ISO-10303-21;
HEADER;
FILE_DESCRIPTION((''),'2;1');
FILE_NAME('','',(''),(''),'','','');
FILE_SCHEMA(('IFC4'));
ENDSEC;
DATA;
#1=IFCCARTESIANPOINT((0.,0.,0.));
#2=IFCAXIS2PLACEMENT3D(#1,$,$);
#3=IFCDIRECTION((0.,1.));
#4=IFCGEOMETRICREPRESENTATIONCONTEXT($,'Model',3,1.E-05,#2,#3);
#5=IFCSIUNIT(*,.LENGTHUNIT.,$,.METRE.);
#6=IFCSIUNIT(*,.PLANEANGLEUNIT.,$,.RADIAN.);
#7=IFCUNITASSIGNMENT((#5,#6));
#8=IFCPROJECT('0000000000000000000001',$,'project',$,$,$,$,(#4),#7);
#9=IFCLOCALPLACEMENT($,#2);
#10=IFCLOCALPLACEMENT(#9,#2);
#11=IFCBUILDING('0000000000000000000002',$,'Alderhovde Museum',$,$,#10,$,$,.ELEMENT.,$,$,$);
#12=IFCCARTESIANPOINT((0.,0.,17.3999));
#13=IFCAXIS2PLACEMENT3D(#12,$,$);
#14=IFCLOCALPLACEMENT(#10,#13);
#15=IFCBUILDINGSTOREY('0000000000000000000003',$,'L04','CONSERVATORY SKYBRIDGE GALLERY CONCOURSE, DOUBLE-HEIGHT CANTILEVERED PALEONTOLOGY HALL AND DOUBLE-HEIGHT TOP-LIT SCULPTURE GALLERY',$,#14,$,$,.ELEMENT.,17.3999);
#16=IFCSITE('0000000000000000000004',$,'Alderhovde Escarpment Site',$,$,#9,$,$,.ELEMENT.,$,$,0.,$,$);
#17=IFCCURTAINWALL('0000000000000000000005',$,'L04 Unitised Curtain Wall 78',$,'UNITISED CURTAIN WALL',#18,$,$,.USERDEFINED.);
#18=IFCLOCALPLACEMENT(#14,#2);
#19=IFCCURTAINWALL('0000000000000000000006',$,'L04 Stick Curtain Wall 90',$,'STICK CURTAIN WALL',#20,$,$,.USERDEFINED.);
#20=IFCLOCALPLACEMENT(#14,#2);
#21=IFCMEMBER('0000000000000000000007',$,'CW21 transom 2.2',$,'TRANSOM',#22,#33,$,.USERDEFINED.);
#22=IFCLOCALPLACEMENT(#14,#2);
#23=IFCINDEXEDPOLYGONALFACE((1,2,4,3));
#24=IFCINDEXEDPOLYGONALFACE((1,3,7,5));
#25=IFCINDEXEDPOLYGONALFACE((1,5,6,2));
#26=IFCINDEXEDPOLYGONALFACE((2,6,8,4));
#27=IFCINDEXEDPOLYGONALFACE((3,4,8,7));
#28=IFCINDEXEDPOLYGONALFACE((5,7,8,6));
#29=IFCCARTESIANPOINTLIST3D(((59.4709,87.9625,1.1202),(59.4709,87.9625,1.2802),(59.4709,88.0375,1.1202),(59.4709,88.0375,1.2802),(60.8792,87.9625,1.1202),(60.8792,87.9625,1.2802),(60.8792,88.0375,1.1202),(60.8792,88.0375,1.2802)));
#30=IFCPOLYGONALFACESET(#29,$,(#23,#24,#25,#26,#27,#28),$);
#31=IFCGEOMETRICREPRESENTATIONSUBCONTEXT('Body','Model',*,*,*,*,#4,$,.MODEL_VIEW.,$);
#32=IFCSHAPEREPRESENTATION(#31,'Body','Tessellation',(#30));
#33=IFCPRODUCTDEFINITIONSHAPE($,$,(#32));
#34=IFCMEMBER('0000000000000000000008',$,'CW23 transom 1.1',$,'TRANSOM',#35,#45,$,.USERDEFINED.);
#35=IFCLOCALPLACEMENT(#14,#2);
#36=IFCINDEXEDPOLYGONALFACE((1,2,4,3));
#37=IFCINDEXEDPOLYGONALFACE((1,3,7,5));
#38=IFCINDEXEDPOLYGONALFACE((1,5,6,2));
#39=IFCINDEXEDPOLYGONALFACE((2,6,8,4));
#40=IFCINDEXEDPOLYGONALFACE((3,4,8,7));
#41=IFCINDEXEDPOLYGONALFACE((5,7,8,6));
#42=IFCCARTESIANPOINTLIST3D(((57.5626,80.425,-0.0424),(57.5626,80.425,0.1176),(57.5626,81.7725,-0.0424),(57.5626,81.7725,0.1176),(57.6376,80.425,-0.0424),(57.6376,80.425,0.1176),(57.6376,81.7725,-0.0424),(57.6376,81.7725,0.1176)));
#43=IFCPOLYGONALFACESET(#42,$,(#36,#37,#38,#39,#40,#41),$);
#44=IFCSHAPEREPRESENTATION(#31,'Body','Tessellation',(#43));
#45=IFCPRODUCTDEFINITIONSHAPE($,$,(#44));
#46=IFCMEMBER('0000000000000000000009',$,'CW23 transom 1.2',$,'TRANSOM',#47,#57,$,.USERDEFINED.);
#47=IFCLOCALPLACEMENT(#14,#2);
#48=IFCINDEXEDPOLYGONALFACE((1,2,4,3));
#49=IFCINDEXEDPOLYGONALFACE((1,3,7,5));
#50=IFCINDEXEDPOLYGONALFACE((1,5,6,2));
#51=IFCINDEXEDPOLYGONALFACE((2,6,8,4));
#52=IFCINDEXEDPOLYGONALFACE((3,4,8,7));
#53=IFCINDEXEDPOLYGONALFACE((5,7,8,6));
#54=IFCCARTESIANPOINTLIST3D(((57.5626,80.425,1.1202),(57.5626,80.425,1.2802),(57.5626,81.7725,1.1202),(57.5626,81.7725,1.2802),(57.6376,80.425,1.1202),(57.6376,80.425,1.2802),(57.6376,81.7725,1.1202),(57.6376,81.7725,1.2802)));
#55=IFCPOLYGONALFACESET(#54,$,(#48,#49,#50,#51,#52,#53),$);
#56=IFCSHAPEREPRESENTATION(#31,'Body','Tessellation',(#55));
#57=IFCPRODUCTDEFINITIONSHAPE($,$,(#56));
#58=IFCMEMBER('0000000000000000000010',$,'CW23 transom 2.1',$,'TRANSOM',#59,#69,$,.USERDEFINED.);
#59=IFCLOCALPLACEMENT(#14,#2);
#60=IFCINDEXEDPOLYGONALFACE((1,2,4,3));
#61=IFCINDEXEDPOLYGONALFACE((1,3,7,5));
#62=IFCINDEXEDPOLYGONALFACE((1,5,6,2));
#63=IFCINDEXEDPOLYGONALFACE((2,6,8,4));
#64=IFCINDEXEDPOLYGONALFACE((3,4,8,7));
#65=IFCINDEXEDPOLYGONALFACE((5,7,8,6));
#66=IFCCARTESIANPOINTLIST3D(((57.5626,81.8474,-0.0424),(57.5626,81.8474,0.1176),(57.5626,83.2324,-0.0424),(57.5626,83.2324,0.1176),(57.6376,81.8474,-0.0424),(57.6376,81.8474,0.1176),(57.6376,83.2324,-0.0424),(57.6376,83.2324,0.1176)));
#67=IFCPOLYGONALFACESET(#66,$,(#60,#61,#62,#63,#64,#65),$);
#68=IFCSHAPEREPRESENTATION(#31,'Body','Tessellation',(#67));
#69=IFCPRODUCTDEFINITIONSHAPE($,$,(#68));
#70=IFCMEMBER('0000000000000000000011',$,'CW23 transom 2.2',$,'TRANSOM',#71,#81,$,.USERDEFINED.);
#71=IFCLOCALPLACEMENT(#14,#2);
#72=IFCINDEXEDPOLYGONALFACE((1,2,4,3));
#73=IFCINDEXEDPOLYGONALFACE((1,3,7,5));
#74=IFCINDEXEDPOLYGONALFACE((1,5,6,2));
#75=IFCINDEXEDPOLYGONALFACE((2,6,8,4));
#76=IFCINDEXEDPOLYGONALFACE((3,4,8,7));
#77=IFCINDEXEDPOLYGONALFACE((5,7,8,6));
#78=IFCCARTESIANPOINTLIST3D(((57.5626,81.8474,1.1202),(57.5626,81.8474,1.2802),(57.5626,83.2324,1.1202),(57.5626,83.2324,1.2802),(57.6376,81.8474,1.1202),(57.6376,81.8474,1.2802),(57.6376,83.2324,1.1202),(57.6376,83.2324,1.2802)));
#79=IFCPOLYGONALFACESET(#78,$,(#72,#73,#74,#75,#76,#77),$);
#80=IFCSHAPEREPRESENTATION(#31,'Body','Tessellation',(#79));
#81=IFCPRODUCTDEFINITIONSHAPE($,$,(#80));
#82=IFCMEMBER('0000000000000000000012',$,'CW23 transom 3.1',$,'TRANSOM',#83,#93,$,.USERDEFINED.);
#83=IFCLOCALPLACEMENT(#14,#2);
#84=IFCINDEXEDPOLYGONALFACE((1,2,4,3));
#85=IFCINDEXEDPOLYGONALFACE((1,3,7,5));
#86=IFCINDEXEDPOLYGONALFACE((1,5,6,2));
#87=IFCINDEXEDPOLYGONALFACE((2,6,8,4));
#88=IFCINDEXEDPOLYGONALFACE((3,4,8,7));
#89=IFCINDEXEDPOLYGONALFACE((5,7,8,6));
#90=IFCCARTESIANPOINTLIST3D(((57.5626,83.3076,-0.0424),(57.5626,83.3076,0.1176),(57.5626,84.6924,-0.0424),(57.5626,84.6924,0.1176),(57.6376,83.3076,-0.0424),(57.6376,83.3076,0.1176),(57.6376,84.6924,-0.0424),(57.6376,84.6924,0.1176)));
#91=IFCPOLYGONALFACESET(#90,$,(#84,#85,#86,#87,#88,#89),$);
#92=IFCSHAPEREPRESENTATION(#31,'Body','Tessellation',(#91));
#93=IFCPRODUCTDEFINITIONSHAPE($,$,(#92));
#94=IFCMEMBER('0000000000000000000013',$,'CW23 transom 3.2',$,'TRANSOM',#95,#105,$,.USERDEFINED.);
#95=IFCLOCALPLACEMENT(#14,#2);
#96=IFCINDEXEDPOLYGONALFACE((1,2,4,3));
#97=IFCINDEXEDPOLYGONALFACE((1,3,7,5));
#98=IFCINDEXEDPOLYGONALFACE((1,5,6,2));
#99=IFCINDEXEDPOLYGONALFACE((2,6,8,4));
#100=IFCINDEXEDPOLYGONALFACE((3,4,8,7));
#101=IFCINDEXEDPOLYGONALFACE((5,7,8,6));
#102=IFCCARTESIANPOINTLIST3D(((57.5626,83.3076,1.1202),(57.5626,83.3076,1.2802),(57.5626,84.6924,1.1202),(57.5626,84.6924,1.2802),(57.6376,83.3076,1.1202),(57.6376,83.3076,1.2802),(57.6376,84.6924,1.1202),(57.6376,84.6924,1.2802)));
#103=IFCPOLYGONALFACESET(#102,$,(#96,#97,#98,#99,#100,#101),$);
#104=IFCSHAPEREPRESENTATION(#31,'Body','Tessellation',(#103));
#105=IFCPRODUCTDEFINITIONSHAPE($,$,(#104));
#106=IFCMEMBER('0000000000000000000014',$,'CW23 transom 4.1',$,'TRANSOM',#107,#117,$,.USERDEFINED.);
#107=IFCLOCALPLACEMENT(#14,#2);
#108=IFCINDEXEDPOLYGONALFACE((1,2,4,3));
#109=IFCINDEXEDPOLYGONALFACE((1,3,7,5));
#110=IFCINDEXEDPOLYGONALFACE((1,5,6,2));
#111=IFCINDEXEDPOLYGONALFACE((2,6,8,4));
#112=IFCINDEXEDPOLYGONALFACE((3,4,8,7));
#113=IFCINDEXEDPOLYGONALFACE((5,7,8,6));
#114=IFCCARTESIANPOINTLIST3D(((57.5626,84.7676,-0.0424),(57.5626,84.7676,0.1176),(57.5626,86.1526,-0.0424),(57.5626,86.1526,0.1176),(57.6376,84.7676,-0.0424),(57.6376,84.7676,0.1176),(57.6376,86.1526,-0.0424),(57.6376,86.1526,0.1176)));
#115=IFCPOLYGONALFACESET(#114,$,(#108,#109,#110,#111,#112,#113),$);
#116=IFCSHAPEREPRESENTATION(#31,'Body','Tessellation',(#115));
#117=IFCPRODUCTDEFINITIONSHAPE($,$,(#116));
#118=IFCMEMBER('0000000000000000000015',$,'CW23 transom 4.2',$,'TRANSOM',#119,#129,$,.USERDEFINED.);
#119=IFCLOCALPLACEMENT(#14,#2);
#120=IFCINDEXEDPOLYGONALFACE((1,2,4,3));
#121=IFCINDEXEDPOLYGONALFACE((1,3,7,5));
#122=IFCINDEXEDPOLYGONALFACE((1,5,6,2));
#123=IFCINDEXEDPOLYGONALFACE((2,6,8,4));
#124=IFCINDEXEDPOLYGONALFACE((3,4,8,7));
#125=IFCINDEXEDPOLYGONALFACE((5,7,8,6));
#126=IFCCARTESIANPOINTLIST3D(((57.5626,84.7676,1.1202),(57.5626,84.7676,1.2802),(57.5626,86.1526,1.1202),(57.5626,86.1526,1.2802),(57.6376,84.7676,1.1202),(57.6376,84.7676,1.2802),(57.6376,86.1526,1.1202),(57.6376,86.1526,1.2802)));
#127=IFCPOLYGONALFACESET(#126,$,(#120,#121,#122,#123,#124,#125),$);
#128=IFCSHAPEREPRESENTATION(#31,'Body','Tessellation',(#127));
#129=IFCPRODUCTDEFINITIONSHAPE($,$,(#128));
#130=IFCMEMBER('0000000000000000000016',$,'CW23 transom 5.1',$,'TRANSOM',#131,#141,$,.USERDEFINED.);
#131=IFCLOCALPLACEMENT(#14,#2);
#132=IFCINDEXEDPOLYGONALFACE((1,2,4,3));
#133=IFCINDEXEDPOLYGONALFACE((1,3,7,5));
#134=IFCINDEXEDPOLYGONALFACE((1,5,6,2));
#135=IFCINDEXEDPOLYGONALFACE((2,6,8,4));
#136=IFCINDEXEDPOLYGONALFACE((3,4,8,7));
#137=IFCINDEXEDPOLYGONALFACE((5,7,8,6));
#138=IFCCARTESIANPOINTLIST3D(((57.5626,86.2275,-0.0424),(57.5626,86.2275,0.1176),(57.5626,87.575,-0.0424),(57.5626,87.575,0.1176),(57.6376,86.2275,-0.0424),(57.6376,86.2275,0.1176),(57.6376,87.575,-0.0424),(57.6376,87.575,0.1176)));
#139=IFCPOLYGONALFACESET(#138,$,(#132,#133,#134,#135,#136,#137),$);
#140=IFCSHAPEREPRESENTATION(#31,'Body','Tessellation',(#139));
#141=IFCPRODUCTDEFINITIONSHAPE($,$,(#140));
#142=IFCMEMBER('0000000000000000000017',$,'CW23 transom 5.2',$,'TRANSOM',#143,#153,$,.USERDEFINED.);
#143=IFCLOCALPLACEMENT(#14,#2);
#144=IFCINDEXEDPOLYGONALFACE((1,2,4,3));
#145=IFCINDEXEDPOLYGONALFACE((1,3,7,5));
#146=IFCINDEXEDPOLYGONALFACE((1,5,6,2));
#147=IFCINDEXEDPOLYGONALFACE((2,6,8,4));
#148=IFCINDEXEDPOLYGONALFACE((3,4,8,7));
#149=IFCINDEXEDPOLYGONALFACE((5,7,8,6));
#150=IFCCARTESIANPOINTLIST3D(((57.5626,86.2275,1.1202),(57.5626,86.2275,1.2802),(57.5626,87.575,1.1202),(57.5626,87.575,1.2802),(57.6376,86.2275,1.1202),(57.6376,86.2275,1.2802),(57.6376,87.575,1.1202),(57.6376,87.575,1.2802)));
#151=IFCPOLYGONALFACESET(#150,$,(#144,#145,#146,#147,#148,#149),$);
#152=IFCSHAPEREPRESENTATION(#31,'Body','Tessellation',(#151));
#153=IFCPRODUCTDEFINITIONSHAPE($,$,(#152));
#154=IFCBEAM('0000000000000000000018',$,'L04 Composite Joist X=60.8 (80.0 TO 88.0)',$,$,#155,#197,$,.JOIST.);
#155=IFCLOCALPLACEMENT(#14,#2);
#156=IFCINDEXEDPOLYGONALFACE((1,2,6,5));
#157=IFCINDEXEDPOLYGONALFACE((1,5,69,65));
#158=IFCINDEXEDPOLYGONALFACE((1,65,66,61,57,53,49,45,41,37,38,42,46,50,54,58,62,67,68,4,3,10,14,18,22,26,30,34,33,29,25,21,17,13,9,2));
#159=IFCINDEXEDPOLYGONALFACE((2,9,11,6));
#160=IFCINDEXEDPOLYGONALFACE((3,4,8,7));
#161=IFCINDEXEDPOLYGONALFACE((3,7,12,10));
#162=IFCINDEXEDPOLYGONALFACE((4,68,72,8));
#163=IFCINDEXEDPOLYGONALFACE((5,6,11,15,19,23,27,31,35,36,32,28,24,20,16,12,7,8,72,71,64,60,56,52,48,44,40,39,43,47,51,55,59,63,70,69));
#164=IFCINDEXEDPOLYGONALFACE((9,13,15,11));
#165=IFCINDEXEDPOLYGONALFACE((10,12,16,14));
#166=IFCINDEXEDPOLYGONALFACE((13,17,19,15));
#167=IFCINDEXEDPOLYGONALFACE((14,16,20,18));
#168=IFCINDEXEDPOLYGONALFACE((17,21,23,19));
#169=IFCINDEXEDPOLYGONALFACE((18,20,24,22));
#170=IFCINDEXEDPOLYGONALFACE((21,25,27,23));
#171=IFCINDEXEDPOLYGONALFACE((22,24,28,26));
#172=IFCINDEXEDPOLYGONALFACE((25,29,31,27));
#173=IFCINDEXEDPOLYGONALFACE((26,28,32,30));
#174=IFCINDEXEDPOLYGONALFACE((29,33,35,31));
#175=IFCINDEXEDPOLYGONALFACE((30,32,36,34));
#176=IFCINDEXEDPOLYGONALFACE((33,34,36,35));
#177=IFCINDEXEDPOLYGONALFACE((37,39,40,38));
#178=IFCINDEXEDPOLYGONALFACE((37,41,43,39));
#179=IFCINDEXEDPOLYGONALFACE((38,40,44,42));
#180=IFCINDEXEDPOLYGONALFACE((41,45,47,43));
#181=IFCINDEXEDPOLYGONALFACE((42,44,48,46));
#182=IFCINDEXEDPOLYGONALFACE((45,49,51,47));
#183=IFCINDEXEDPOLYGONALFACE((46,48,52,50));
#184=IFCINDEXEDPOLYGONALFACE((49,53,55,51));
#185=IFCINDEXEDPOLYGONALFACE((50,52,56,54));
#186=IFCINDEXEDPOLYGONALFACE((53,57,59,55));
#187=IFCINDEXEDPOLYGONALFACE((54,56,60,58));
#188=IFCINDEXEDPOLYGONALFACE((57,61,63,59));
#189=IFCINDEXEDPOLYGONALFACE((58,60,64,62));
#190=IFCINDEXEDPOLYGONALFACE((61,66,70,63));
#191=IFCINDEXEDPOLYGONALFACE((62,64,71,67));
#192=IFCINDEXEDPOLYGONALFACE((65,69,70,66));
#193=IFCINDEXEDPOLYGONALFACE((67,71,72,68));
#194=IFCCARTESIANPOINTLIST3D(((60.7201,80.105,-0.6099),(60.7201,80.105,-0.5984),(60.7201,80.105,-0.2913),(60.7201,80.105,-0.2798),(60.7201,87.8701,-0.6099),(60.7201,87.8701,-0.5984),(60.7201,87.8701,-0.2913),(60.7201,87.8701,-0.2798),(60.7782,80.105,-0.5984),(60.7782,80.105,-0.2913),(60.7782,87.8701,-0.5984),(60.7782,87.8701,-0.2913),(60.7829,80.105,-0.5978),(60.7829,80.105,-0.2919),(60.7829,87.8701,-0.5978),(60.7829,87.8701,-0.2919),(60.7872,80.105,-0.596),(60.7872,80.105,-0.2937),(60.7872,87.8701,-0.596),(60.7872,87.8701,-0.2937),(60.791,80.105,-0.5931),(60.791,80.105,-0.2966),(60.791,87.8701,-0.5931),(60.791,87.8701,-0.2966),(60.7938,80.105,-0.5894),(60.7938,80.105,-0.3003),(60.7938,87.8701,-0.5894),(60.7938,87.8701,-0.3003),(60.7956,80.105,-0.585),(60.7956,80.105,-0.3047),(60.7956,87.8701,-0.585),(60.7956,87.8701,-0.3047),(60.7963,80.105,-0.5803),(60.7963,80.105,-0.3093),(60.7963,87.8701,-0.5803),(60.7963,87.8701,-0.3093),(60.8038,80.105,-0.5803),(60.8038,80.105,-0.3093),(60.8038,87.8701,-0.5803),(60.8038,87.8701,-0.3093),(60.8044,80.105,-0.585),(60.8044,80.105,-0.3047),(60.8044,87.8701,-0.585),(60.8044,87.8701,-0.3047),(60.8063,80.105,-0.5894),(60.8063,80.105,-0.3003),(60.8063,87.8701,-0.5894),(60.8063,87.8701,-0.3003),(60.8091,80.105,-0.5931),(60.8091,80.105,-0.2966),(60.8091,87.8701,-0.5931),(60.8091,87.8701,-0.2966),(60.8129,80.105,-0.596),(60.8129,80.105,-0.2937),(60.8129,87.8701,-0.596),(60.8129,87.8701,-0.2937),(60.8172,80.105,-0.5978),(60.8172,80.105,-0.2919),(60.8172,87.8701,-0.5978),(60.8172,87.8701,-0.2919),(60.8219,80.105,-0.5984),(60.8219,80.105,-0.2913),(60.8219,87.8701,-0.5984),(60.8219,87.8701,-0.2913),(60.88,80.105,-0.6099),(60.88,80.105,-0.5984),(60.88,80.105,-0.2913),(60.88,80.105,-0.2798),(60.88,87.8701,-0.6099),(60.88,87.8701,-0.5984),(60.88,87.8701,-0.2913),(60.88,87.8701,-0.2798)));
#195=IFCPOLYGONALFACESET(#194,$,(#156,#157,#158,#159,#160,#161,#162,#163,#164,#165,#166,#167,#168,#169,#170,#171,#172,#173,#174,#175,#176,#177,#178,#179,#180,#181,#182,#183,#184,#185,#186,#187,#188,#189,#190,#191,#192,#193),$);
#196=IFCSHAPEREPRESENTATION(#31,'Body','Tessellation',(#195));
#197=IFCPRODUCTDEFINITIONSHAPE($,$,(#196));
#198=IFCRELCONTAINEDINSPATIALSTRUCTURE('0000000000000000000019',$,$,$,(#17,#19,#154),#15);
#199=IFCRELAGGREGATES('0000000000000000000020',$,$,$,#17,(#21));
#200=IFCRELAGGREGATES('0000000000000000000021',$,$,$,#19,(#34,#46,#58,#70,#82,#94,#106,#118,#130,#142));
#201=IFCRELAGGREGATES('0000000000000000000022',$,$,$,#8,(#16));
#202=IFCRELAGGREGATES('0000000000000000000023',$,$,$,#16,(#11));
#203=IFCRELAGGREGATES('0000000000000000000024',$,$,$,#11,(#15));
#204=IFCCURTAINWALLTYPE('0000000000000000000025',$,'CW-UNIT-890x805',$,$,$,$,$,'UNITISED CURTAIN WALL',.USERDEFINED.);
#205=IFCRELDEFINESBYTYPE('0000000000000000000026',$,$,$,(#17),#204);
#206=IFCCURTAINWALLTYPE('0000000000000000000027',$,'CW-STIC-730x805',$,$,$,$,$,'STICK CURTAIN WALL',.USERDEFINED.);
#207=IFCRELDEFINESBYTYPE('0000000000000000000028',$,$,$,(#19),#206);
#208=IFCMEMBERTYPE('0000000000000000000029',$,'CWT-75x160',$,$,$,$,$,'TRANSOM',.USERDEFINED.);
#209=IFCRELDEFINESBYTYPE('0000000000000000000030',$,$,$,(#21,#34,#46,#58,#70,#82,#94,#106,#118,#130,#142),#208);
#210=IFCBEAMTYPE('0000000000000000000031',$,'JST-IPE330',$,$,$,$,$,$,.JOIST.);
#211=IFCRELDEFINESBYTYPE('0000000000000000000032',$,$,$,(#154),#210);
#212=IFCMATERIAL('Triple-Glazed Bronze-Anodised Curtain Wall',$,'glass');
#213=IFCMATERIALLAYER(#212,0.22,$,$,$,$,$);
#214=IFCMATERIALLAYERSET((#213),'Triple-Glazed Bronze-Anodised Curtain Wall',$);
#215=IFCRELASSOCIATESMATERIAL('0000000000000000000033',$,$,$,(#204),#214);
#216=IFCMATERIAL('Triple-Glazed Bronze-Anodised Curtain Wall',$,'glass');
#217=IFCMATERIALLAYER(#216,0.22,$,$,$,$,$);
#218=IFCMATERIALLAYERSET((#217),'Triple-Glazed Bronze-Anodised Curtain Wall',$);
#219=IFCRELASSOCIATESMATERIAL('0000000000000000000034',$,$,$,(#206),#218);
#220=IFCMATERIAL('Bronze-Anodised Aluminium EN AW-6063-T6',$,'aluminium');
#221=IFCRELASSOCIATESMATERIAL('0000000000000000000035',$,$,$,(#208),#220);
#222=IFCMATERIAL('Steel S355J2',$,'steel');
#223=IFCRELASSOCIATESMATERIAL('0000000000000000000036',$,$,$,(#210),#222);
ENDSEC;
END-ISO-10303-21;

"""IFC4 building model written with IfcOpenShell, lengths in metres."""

from ifc_helpers import new_model, si_unit, direction, frame, origin, origin_2d, place, context, subcontext, project, spatial, rectangle, i_section, extrude, material, layer, layer_set, material_profile, profile_set, type_object, element, aggregate, save


model = new_model("IFC4")

# Units and contexts
model_context = context("Model", 3, precision=1e-05, world=origin(), true_north=direction((0.0, 1.0)))
body_context = subcontext(model_context, "Body", "Model", "MODEL_VIEW")
ifc_project = project(units=[si_unit("LENGTHUNIT", "METRE"), si_unit("PLANEANGLEUNIT", "RADIAN")], contexts=[model_context])

# Site, building, storey
site_placement = place(None, origin())
site = spatial("IfcSite", under=ifc_project, at=site_placement, Name="Alderhovde Escarpment Site", CompositionType="ELEMENT", RefElevation=0.0)
building_placement = place(site_placement, origin())
building = spatial("IfcBuilding", under=site, at=building_placement, Name="Alderhovde Museum", CompositionType="ELEMENT")
storey_placement = place(building_placement, frame((0.0, 0.0, 17.3999)))
storey = spatial("IfcBuildingStorey", under=building, at=storey_placement, Name="L04", Description="CONSERVATORY SKYBRIDGE GALLERY CONCOURSE, DOUBLE-HEIGHT CANTILEVERED PALEONTOLOGY HALL AND DOUBLE-HEIGHT TOP-LIT SCULPTURE GALLERY", CompositionType="ELEMENT", Elevation=17.3999)

# Curtain walls
ifc_material_1 = material(Name="Triple-Glazed Bronze-Anodised Curtain Wall", Category="glass")
ifc_layer_1 = layer(ifc_material_1, 0.22)
ifc_layer_set_1 = layer_set([ifc_layer_1], Name="Triple-Glazed Bronze-Anodised Curtain Wall")
curtain_wall_type_1 = type_object("IfcCurtainWallType", Name="CW-UNIT-890x805", ElementType="UNITISED CURTAIN WALL", PredefinedType="USERDEFINED", material=ifc_layer_set_1)
curtain_wall_1_placement = place(storey_placement, origin())
curtain_wall_1 = element("IfcCurtainWall", 1, at=curtain_wall_1_placement, inside=storey, type_object=curtain_wall_type_1, Name="L04 Unitised Curtain Wall 78", ObjectType="UNITISED CURTAIN WALL", PredefinedType="USERDEFINED")
ifc_material_2 = material(Name="Triple-Glazed Bronze-Anodised Curtain Wall", Category="glass")
ifc_layer_2 = layer(ifc_material_2, 0.22)
ifc_layer_set_2 = layer_set([ifc_layer_2], Name="Triple-Glazed Bronze-Anodised Curtain Wall")
curtain_wall_type_2 = type_object("IfcCurtainWallType", Name="CW-STIC-730x805", ElementType="STICK CURTAIN WALL", PredefinedType="USERDEFINED", material=ifc_layer_set_2)
curtain_wall_2_placement = place(storey_placement, origin())
curtain_wall_2 = element("IfcCurtainWall", 2, at=curtain_wall_2_placement, inside=storey, type_object=curtain_wall_type_2, Name="L04 Stick Curtain Wall 90", ObjectType="STICK CURTAIN WALL", PredefinedType="USERDEFINED")

# Members
ifc_material_3 = material(Name="Bronze-Anodised Aluminium EN AW-6063-T6", Category="aluminium")
ifc_material_profile_1 = material_profile(ifc_material_3, rectangle(XDim=0.075, YDim=0.1599, at=origin_2d()), Name="TRANSOM 75x160")
ifc_profile_set_1 = profile_set([ifc_material_profile_1], Name="Bronze-Anodised Aluminium EN AW-6063-T6")
member_type_1 = type_object("IfcMemberType", Name="CWT-75x160", ElementType="TRANSOM", PredefinedType="USERDEFINED", material=ifc_profile_set_1)
member_1_placement = place(storey_placement, frame((59.4709, 88.0, 1.2002), z_axis=(1.0, 0.0, 0.0), x_axis=(0.0, 1.0, 0.0)))
member_1 = element("IfcMember", 3, at=member_1_placement, type_object=member_type_1, Name="CW21 transom 2.2", ObjectType="TRANSOM", PredefinedType="USERDEFINED", context=body_context, shape_type="SweptSolid", body=[
    extrude(rectangle(XDim=0.075, YDim=0.1599, at=origin_2d()), origin(), (0.0, 0.0, 1.0), 1.4082),
])
member_2_placement = place(storey_placement, frame((57.6001, 80.425, 0.0376), z_axis=(0.0, 1.0, 0.0), x_axis=(-1.0, 0.0, 0.0)))
member_2 = element("IfcMember", 4, at=member_2_placement, type_object=member_type_1, Name="CW23 transom 1.1", ObjectType="TRANSOM", PredefinedType="USERDEFINED", context=body_context, shape_type="SweptSolid", body=[
    extrude(rectangle(XDim=0.075, YDim=0.1599, at=origin_2d()), origin(), (0.0, 0.0, 1.0), 1.3474),
])
member_3_placement = place(storey_placement, frame((57.6001, 80.425, 1.2002), z_axis=(0.0, 1.0, 0.0), x_axis=(-1.0, 0.0, 0.0)))
member_3 = element("IfcMember", 5, at=member_3_placement, type_object=member_type_1, Name="CW23 transom 1.2", ObjectType="TRANSOM", PredefinedType="USERDEFINED", context=body_context, shape_type="SweptSolid", body=[
    extrude(rectangle(XDim=0.075, YDim=0.1599, at=origin_2d()), origin(), (0.0, 0.0, 1.0), 1.3474),
])
member_4_placement = place(storey_placement, frame((57.6001, 81.8474, 0.0376), z_axis=(0.0, 1.0, 0.0), x_axis=(-1.0, 0.0, 0.0)))
member_4 = element("IfcMember", 6, at=member_4_placement, type_object=member_type_1, Name="CW23 transom 2.1", ObjectType="TRANSOM", PredefinedType="USERDEFINED", context=body_context, shape_type="SweptSolid", body=[
    extrude(rectangle(XDim=0.075, YDim=0.1599, at=origin_2d()), origin(), (0.0, 0.0, 1.0), 1.385),
])
member_5_placement = place(storey_placement, frame((57.6001, 81.8474, 1.2002), z_axis=(0.0, 1.0, 0.0), x_axis=(-1.0, 0.0, 0.0)))
member_5 = element("IfcMember", 7, at=member_5_placement, type_object=member_type_1, Name="CW23 transom 2.2", ObjectType="TRANSOM", PredefinedType="USERDEFINED", context=body_context, shape_type="SweptSolid", body=[
    extrude(rectangle(XDim=0.075, YDim=0.1599, at=origin_2d()), origin(), (0.0, 0.0, 1.0), 1.385),
])
member_6_placement = place(storey_placement, frame((57.6001, 83.3076, 0.0376), z_axis=(0.0, 1.0, 0.0), x_axis=(-1.0, 0.0, 0.0)))
member_6 = element("IfcMember", 8, at=member_6_placement, type_object=member_type_1, Name="CW23 transom 3.1", ObjectType="TRANSOM", PredefinedType="USERDEFINED", context=body_context, shape_type="SweptSolid", body=[
    extrude(rectangle(XDim=0.075, YDim=0.1599, at=origin_2d()), origin(), (0.0, 0.0, 1.0), 1.3848),
])
member_7_placement = place(storey_placement, frame((57.6001, 83.3076, 1.2002), z_axis=(0.0, 1.0, 0.0), x_axis=(-1.0, 0.0, 0.0)))
member_7 = element("IfcMember", 9, at=member_7_placement, type_object=member_type_1, Name="CW23 transom 3.2", ObjectType="TRANSOM", PredefinedType="USERDEFINED", context=body_context, shape_type="SweptSolid", body=[
    extrude(rectangle(XDim=0.075, YDim=0.1599, at=origin_2d()), origin(), (0.0, 0.0, 1.0), 1.3848),
])
member_8_placement = place(storey_placement, frame((57.6001, 84.7676, 0.0376), z_axis=(0.0, 1.0, 0.0), x_axis=(-1.0, 0.0, 0.0)))
member_8 = element("IfcMember", 10, at=member_8_placement, type_object=member_type_1, Name="CW23 transom 4.1", ObjectType="TRANSOM", PredefinedType="USERDEFINED", context=body_context, shape_type="SweptSolid", body=[
    extrude(rectangle(XDim=0.075, YDim=0.1599, at=origin_2d()), origin(), (0.0, 0.0, 1.0), 1.385),
])
member_9_placement = place(storey_placement, frame((57.6001, 84.7676, 1.2002), z_axis=(0.0, 1.0, 0.0), x_axis=(-1.0, 0.0, 0.0)))
member_9 = element("IfcMember", 11, at=member_9_placement, type_object=member_type_1, Name="CW23 transom 4.2", ObjectType="TRANSOM", PredefinedType="USERDEFINED", context=body_context, shape_type="SweptSolid", body=[
    extrude(rectangle(XDim=0.075, YDim=0.1599, at=origin_2d()), origin(), (0.0, 0.0, 1.0), 1.385),
])
member_10_placement = place(storey_placement, frame((57.6001, 86.2275, 0.0376), z_axis=(0.0, 1.0, 0.0), x_axis=(-1.0, 0.0, 0.0)))
member_10 = element("IfcMember", 12, at=member_10_placement, type_object=member_type_1, Name="CW23 transom 5.1", ObjectType="TRANSOM", PredefinedType="USERDEFINED", context=body_context, shape_type="SweptSolid", body=[
    extrude(rectangle(XDim=0.075, YDim=0.1599, at=origin_2d()), origin(), (0.0, 0.0, 1.0), 1.3474),
])
member_11_placement = place(storey_placement, frame((57.6001, 86.2275, 1.2002), z_axis=(0.0, 1.0, 0.0), x_axis=(-1.0, 0.0, 0.0)))
member_11 = element("IfcMember", 13, at=member_11_placement, type_object=member_type_1, Name="CW23 transom 5.2", ObjectType="TRANSOM", PredefinedType="USERDEFINED", context=body_context, shape_type="SweptSolid", body=[
    extrude(rectangle(XDim=0.075, YDim=0.1599, at=origin_2d()), origin(), (0.0, 0.0, 1.0), 1.3474),
])

# Beam
ifc_material_4 = material(Name="Steel S355J2", Category="steel")
ifc_material_profile_2 = material_profile(ifc_material_4, i_section(OverallWidth=0.1599, OverallDepth=0.3301, WebThickness=0.0076, FlangeThickness=0.0115, FilletRadius=0.0181, at=origin_2d()), Name="IPE 330")
ifc_profile_set_2 = profile_set([ifc_material_profile_2], Name="Steel S355J2")
beam_type_1 = type_object("IfcBeamType", Name="JST-IPE330", PredefinedType="JOIST", material=ifc_profile_set_2)
for number, where, z_axis, x_axis, name in (
    (14, (60.8, 80.105, -0.4448), (0.0, 1.0, 0.0), (-1.0, 0.0, 0.0), "L04 Composite Joist X=60.8 (80.0 TO 88.0)"),
):
    element("IfcBeam", number, at=place(storey_placement, frame(where, z_axis=z_axis, x_axis=x_axis)), inside=storey, type_object=beam_type_1, Name=name, PredefinedType="JOIST", context=body_context, shape_type="SweptSolid", body=[
        extrude(i_section(OverallWidth=0.1599, OverallDepth=0.3301, WebThickness=0.0076, FlangeThickness=0.0115, FilletRadius=0.0181, at=origin_2d()), origin(), (0.0, 0.0, 1.0), 7.7651),
    ])

aggregate(curtain_wall_1, [member_1])
aggregate(curtain_wall_2, [member_2, member_3, member_4, member_5, member_6, member_7, member_8, member_9, member_10, member_11])

save(model, "model.ifc")
